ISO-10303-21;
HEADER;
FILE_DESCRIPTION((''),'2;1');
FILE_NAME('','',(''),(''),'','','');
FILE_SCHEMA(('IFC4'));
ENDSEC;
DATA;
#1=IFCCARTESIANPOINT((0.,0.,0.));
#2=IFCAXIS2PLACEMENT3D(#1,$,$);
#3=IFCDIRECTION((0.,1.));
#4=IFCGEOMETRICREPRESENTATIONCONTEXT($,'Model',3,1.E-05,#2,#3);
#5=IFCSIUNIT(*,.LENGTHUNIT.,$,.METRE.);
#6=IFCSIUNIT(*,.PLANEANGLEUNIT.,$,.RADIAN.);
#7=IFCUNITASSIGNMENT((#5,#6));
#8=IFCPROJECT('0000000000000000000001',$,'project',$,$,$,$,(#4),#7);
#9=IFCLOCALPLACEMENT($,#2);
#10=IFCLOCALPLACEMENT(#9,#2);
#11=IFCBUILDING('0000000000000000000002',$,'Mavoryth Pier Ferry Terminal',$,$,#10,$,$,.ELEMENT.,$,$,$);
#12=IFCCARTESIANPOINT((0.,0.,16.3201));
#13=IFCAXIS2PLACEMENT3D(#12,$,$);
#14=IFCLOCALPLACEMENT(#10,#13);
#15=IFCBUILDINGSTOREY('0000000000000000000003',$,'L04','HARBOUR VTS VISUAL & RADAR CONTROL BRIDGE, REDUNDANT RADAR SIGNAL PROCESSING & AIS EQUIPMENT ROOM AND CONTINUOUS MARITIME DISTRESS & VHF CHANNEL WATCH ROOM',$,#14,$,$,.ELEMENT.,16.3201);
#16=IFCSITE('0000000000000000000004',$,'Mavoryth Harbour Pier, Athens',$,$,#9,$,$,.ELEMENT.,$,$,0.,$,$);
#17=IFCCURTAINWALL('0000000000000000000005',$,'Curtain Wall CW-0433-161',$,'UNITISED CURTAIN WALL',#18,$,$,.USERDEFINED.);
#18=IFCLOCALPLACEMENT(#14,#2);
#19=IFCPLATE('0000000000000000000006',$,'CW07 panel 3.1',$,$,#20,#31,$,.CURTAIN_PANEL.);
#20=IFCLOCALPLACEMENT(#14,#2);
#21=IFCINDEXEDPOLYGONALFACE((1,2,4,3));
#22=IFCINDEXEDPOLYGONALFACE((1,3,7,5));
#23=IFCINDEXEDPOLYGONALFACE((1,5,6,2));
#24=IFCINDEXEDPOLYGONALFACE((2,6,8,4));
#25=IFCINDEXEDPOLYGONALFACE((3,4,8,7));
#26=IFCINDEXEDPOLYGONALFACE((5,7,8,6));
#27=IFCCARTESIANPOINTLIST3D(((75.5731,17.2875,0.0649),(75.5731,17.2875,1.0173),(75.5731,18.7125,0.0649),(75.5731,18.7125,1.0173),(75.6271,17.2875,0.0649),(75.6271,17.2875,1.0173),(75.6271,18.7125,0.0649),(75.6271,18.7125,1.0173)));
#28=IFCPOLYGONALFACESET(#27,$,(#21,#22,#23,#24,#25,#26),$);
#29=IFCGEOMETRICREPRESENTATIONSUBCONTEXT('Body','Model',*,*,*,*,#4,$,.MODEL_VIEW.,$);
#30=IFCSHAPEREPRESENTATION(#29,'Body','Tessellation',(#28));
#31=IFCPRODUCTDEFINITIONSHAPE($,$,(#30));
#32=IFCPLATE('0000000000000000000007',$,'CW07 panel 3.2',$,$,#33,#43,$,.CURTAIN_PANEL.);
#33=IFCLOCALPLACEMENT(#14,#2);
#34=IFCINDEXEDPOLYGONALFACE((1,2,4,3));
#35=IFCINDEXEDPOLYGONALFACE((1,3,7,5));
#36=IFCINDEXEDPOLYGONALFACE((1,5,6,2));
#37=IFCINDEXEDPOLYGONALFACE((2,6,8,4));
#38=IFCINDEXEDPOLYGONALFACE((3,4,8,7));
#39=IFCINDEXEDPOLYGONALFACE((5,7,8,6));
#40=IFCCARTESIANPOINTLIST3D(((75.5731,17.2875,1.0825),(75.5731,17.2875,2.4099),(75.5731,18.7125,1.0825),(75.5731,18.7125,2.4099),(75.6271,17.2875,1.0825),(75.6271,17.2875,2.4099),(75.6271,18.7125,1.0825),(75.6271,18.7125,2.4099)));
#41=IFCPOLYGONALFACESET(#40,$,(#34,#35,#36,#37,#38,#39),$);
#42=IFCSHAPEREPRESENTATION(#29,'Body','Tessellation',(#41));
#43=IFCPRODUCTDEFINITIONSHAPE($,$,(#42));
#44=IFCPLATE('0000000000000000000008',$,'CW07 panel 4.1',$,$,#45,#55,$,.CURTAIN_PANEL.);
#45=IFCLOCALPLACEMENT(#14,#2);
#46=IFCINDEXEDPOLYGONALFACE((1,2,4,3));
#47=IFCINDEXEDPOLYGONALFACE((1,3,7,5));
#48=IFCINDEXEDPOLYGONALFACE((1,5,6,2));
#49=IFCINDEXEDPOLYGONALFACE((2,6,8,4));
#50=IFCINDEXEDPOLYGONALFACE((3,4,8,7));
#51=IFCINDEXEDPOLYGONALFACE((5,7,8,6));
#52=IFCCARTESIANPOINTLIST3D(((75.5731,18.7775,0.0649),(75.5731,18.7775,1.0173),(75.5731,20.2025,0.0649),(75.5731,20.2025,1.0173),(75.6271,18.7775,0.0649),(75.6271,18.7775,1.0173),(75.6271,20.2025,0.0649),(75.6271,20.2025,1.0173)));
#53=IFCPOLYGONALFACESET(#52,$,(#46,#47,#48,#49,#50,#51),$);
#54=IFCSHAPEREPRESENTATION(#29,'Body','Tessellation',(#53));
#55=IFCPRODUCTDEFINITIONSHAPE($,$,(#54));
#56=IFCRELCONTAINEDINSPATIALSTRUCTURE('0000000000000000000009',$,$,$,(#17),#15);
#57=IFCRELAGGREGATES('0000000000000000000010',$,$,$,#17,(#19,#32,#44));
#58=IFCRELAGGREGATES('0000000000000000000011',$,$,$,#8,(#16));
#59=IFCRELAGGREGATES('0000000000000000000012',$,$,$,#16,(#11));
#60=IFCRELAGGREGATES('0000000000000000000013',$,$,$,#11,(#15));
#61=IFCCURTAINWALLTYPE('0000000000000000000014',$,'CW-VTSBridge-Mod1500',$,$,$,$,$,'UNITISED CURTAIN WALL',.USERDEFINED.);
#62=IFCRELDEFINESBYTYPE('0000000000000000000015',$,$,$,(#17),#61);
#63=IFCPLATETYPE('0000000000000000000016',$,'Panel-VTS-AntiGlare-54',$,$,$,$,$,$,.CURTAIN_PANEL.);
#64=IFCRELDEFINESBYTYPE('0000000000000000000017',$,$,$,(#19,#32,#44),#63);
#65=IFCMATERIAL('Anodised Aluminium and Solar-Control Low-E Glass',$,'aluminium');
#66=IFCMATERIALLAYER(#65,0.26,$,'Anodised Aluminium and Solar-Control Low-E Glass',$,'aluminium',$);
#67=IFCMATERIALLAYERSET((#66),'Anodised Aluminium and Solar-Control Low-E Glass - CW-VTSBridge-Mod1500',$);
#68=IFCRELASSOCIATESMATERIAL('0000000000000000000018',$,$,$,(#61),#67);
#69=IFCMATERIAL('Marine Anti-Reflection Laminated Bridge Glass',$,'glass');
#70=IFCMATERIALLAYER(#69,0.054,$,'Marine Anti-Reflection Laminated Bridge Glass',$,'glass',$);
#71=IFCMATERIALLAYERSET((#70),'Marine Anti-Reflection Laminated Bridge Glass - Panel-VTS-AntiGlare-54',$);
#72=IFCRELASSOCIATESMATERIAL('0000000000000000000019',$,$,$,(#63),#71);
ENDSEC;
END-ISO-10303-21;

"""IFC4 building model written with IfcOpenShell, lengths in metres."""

from ifc_helpers import new_model, si_unit, direction, frame, origin, origin_2d, place, context, subcontext, project, spatial, rectangle, extrude, material, layer, layer_set, type_object, element, aggregate, save


model = new_model("IFC4")

# Units and contexts
model_context = context("Model", 3, precision=1e-05, world=origin(), true_north=direction((0.0, 1.0)))
body_context = subcontext(model_context, "Body", "Model", "MODEL_VIEW")
ifc_project = project(units=[si_unit("LENGTHUNIT", "METRE"), si_unit("PLANEANGLEUNIT", "RADIAN")], contexts=[model_context])

# Site, building, storey
site_placement = place(None, origin())
site = spatial("IfcSite", under=ifc_project, at=site_placement, Name="Mavoryth Harbour Pier, Athens", CompositionType="ELEMENT", RefElevation=0.0)
building_placement = place(site_placement, origin())
building = spatial("IfcBuilding", under=site, at=building_placement, Name="Mavoryth Pier Ferry Terminal", CompositionType="ELEMENT")
storey_placement = place(building_placement, frame((0.0, 0.0, 16.3201)))
storey = spatial("IfcBuildingStorey", under=building, at=storey_placement, Name="L04", Description="HARBOUR VTS VISUAL & RADAR CONTROL BRIDGE, REDUNDANT RADAR SIGNAL PROCESSING & AIS EQUIPMENT ROOM AND CONTINUOUS MARITIME DISTRESS & VHF CHANNEL WATCH ROOM", CompositionType="ELEMENT", Elevation=16.3201)

# Curtain wall, plates
ifc_material_1 = material(Name="Anodised Aluminium and Solar-Control Low-E Glass", Category="aluminium")
ifc_layer_1 = layer(ifc_material_1, 0.26, Name="Anodised Aluminium and Solar-Control Low-E Glass", Category="aluminium")
ifc_layer_set_1 = layer_set([ifc_layer_1], Name="Anodised Aluminium and Solar-Control Low-E Glass - CW-VTSBridge-Mod1500")
curtain_wall_type = type_object("IfcCurtainWallType", Name="CW-VTSBridge-Mod1500", ElementType="UNITISED CURTAIN WALL", PredefinedType="USERDEFINED", material=ifc_layer_set_1)
curtain_wall_placement = place(storey_placement, origin())
curtain_wall = element("IfcCurtainWall", 1, at=curtain_wall_placement, inside=storey, type_object=curtain_wall_type, Name="Curtain Wall CW-0433-161", ObjectType="UNITISED CURTAIN WALL", PredefinedType="USERDEFINED")
ifc_material_2 = material(Name="Marine Anti-Reflection Laminated Bridge Glass", Category="glass")
ifc_layer_2 = layer(ifc_material_2, 0.054, Name="Marine Anti-Reflection Laminated Bridge Glass", Category="glass")
ifc_layer_set_2 = layer_set([ifc_layer_2], Name="Marine Anti-Reflection Laminated Bridge Glass - Panel-VTS-AntiGlare-54")
plate_type = type_object("IfcPlateType", Name="Panel-VTS-AntiGlare-54", PredefinedType="CURTAIN_PANEL", material=ifc_layer_set_2)
plate_1_placement = place(storey_placement, frame((75.6001, 18.0, 0.0649), z_axis=(0.0, 0.0, 1.0), x_axis=(0.0, 1.0, 0.0)))
plate_1 = element("IfcPlate", 2, at=plate_1_placement, type_object=plate_type, Name="CW07 panel 3.1", PredefinedType="CURTAIN_PANEL", context=body_context, shape_type="SweptSolid", body=[
    extrude(rectangle(XDim=1.425, YDim=0.054, at=origin_2d()), origin(), (0.0, 0.0, 1.0), 0.9524),
])
plate_2_placement = place(storey_placement, frame((75.6001, 18.0, 1.0825), z_axis=(0.0, 0.0, 1.0), x_axis=(0.0, 1.0, 0.0)))
plate_2 = element("IfcPlate", 3, at=plate_2_placement, type_object=plate_type, Name="CW07 panel 3.2", PredefinedType="CURTAIN_PANEL", context=body_context, shape_type="SweptSolid", body=[
    extrude(rectangle(XDim=1.425, YDim=0.054, at=origin_2d()), origin(), (0.0, 0.0, 1.0), 1.3274),
])
plate_3_placement = place(storey_placement, frame((75.6001, 19.49, 0.0649), z_axis=(0.0, 0.0, 1.0), x_axis=(0.0, 1.0, 0.0)))
plate_3 = element("IfcPlate", 4, at=plate_3_placement, type_object=plate_type, Name="CW07 panel 4.1", PredefinedType="CURTAIN_PANEL", context=body_context, shape_type="SweptSolid", body=[
    extrude(rectangle(XDim=1.425, YDim=0.054, at=origin_2d()), origin(), (0.0, 0.0, 1.0), 0.9524),
])
aggregate(curtain_wall, [plate_1, plate_2, plate_3])

save(model, "model.ifc")
